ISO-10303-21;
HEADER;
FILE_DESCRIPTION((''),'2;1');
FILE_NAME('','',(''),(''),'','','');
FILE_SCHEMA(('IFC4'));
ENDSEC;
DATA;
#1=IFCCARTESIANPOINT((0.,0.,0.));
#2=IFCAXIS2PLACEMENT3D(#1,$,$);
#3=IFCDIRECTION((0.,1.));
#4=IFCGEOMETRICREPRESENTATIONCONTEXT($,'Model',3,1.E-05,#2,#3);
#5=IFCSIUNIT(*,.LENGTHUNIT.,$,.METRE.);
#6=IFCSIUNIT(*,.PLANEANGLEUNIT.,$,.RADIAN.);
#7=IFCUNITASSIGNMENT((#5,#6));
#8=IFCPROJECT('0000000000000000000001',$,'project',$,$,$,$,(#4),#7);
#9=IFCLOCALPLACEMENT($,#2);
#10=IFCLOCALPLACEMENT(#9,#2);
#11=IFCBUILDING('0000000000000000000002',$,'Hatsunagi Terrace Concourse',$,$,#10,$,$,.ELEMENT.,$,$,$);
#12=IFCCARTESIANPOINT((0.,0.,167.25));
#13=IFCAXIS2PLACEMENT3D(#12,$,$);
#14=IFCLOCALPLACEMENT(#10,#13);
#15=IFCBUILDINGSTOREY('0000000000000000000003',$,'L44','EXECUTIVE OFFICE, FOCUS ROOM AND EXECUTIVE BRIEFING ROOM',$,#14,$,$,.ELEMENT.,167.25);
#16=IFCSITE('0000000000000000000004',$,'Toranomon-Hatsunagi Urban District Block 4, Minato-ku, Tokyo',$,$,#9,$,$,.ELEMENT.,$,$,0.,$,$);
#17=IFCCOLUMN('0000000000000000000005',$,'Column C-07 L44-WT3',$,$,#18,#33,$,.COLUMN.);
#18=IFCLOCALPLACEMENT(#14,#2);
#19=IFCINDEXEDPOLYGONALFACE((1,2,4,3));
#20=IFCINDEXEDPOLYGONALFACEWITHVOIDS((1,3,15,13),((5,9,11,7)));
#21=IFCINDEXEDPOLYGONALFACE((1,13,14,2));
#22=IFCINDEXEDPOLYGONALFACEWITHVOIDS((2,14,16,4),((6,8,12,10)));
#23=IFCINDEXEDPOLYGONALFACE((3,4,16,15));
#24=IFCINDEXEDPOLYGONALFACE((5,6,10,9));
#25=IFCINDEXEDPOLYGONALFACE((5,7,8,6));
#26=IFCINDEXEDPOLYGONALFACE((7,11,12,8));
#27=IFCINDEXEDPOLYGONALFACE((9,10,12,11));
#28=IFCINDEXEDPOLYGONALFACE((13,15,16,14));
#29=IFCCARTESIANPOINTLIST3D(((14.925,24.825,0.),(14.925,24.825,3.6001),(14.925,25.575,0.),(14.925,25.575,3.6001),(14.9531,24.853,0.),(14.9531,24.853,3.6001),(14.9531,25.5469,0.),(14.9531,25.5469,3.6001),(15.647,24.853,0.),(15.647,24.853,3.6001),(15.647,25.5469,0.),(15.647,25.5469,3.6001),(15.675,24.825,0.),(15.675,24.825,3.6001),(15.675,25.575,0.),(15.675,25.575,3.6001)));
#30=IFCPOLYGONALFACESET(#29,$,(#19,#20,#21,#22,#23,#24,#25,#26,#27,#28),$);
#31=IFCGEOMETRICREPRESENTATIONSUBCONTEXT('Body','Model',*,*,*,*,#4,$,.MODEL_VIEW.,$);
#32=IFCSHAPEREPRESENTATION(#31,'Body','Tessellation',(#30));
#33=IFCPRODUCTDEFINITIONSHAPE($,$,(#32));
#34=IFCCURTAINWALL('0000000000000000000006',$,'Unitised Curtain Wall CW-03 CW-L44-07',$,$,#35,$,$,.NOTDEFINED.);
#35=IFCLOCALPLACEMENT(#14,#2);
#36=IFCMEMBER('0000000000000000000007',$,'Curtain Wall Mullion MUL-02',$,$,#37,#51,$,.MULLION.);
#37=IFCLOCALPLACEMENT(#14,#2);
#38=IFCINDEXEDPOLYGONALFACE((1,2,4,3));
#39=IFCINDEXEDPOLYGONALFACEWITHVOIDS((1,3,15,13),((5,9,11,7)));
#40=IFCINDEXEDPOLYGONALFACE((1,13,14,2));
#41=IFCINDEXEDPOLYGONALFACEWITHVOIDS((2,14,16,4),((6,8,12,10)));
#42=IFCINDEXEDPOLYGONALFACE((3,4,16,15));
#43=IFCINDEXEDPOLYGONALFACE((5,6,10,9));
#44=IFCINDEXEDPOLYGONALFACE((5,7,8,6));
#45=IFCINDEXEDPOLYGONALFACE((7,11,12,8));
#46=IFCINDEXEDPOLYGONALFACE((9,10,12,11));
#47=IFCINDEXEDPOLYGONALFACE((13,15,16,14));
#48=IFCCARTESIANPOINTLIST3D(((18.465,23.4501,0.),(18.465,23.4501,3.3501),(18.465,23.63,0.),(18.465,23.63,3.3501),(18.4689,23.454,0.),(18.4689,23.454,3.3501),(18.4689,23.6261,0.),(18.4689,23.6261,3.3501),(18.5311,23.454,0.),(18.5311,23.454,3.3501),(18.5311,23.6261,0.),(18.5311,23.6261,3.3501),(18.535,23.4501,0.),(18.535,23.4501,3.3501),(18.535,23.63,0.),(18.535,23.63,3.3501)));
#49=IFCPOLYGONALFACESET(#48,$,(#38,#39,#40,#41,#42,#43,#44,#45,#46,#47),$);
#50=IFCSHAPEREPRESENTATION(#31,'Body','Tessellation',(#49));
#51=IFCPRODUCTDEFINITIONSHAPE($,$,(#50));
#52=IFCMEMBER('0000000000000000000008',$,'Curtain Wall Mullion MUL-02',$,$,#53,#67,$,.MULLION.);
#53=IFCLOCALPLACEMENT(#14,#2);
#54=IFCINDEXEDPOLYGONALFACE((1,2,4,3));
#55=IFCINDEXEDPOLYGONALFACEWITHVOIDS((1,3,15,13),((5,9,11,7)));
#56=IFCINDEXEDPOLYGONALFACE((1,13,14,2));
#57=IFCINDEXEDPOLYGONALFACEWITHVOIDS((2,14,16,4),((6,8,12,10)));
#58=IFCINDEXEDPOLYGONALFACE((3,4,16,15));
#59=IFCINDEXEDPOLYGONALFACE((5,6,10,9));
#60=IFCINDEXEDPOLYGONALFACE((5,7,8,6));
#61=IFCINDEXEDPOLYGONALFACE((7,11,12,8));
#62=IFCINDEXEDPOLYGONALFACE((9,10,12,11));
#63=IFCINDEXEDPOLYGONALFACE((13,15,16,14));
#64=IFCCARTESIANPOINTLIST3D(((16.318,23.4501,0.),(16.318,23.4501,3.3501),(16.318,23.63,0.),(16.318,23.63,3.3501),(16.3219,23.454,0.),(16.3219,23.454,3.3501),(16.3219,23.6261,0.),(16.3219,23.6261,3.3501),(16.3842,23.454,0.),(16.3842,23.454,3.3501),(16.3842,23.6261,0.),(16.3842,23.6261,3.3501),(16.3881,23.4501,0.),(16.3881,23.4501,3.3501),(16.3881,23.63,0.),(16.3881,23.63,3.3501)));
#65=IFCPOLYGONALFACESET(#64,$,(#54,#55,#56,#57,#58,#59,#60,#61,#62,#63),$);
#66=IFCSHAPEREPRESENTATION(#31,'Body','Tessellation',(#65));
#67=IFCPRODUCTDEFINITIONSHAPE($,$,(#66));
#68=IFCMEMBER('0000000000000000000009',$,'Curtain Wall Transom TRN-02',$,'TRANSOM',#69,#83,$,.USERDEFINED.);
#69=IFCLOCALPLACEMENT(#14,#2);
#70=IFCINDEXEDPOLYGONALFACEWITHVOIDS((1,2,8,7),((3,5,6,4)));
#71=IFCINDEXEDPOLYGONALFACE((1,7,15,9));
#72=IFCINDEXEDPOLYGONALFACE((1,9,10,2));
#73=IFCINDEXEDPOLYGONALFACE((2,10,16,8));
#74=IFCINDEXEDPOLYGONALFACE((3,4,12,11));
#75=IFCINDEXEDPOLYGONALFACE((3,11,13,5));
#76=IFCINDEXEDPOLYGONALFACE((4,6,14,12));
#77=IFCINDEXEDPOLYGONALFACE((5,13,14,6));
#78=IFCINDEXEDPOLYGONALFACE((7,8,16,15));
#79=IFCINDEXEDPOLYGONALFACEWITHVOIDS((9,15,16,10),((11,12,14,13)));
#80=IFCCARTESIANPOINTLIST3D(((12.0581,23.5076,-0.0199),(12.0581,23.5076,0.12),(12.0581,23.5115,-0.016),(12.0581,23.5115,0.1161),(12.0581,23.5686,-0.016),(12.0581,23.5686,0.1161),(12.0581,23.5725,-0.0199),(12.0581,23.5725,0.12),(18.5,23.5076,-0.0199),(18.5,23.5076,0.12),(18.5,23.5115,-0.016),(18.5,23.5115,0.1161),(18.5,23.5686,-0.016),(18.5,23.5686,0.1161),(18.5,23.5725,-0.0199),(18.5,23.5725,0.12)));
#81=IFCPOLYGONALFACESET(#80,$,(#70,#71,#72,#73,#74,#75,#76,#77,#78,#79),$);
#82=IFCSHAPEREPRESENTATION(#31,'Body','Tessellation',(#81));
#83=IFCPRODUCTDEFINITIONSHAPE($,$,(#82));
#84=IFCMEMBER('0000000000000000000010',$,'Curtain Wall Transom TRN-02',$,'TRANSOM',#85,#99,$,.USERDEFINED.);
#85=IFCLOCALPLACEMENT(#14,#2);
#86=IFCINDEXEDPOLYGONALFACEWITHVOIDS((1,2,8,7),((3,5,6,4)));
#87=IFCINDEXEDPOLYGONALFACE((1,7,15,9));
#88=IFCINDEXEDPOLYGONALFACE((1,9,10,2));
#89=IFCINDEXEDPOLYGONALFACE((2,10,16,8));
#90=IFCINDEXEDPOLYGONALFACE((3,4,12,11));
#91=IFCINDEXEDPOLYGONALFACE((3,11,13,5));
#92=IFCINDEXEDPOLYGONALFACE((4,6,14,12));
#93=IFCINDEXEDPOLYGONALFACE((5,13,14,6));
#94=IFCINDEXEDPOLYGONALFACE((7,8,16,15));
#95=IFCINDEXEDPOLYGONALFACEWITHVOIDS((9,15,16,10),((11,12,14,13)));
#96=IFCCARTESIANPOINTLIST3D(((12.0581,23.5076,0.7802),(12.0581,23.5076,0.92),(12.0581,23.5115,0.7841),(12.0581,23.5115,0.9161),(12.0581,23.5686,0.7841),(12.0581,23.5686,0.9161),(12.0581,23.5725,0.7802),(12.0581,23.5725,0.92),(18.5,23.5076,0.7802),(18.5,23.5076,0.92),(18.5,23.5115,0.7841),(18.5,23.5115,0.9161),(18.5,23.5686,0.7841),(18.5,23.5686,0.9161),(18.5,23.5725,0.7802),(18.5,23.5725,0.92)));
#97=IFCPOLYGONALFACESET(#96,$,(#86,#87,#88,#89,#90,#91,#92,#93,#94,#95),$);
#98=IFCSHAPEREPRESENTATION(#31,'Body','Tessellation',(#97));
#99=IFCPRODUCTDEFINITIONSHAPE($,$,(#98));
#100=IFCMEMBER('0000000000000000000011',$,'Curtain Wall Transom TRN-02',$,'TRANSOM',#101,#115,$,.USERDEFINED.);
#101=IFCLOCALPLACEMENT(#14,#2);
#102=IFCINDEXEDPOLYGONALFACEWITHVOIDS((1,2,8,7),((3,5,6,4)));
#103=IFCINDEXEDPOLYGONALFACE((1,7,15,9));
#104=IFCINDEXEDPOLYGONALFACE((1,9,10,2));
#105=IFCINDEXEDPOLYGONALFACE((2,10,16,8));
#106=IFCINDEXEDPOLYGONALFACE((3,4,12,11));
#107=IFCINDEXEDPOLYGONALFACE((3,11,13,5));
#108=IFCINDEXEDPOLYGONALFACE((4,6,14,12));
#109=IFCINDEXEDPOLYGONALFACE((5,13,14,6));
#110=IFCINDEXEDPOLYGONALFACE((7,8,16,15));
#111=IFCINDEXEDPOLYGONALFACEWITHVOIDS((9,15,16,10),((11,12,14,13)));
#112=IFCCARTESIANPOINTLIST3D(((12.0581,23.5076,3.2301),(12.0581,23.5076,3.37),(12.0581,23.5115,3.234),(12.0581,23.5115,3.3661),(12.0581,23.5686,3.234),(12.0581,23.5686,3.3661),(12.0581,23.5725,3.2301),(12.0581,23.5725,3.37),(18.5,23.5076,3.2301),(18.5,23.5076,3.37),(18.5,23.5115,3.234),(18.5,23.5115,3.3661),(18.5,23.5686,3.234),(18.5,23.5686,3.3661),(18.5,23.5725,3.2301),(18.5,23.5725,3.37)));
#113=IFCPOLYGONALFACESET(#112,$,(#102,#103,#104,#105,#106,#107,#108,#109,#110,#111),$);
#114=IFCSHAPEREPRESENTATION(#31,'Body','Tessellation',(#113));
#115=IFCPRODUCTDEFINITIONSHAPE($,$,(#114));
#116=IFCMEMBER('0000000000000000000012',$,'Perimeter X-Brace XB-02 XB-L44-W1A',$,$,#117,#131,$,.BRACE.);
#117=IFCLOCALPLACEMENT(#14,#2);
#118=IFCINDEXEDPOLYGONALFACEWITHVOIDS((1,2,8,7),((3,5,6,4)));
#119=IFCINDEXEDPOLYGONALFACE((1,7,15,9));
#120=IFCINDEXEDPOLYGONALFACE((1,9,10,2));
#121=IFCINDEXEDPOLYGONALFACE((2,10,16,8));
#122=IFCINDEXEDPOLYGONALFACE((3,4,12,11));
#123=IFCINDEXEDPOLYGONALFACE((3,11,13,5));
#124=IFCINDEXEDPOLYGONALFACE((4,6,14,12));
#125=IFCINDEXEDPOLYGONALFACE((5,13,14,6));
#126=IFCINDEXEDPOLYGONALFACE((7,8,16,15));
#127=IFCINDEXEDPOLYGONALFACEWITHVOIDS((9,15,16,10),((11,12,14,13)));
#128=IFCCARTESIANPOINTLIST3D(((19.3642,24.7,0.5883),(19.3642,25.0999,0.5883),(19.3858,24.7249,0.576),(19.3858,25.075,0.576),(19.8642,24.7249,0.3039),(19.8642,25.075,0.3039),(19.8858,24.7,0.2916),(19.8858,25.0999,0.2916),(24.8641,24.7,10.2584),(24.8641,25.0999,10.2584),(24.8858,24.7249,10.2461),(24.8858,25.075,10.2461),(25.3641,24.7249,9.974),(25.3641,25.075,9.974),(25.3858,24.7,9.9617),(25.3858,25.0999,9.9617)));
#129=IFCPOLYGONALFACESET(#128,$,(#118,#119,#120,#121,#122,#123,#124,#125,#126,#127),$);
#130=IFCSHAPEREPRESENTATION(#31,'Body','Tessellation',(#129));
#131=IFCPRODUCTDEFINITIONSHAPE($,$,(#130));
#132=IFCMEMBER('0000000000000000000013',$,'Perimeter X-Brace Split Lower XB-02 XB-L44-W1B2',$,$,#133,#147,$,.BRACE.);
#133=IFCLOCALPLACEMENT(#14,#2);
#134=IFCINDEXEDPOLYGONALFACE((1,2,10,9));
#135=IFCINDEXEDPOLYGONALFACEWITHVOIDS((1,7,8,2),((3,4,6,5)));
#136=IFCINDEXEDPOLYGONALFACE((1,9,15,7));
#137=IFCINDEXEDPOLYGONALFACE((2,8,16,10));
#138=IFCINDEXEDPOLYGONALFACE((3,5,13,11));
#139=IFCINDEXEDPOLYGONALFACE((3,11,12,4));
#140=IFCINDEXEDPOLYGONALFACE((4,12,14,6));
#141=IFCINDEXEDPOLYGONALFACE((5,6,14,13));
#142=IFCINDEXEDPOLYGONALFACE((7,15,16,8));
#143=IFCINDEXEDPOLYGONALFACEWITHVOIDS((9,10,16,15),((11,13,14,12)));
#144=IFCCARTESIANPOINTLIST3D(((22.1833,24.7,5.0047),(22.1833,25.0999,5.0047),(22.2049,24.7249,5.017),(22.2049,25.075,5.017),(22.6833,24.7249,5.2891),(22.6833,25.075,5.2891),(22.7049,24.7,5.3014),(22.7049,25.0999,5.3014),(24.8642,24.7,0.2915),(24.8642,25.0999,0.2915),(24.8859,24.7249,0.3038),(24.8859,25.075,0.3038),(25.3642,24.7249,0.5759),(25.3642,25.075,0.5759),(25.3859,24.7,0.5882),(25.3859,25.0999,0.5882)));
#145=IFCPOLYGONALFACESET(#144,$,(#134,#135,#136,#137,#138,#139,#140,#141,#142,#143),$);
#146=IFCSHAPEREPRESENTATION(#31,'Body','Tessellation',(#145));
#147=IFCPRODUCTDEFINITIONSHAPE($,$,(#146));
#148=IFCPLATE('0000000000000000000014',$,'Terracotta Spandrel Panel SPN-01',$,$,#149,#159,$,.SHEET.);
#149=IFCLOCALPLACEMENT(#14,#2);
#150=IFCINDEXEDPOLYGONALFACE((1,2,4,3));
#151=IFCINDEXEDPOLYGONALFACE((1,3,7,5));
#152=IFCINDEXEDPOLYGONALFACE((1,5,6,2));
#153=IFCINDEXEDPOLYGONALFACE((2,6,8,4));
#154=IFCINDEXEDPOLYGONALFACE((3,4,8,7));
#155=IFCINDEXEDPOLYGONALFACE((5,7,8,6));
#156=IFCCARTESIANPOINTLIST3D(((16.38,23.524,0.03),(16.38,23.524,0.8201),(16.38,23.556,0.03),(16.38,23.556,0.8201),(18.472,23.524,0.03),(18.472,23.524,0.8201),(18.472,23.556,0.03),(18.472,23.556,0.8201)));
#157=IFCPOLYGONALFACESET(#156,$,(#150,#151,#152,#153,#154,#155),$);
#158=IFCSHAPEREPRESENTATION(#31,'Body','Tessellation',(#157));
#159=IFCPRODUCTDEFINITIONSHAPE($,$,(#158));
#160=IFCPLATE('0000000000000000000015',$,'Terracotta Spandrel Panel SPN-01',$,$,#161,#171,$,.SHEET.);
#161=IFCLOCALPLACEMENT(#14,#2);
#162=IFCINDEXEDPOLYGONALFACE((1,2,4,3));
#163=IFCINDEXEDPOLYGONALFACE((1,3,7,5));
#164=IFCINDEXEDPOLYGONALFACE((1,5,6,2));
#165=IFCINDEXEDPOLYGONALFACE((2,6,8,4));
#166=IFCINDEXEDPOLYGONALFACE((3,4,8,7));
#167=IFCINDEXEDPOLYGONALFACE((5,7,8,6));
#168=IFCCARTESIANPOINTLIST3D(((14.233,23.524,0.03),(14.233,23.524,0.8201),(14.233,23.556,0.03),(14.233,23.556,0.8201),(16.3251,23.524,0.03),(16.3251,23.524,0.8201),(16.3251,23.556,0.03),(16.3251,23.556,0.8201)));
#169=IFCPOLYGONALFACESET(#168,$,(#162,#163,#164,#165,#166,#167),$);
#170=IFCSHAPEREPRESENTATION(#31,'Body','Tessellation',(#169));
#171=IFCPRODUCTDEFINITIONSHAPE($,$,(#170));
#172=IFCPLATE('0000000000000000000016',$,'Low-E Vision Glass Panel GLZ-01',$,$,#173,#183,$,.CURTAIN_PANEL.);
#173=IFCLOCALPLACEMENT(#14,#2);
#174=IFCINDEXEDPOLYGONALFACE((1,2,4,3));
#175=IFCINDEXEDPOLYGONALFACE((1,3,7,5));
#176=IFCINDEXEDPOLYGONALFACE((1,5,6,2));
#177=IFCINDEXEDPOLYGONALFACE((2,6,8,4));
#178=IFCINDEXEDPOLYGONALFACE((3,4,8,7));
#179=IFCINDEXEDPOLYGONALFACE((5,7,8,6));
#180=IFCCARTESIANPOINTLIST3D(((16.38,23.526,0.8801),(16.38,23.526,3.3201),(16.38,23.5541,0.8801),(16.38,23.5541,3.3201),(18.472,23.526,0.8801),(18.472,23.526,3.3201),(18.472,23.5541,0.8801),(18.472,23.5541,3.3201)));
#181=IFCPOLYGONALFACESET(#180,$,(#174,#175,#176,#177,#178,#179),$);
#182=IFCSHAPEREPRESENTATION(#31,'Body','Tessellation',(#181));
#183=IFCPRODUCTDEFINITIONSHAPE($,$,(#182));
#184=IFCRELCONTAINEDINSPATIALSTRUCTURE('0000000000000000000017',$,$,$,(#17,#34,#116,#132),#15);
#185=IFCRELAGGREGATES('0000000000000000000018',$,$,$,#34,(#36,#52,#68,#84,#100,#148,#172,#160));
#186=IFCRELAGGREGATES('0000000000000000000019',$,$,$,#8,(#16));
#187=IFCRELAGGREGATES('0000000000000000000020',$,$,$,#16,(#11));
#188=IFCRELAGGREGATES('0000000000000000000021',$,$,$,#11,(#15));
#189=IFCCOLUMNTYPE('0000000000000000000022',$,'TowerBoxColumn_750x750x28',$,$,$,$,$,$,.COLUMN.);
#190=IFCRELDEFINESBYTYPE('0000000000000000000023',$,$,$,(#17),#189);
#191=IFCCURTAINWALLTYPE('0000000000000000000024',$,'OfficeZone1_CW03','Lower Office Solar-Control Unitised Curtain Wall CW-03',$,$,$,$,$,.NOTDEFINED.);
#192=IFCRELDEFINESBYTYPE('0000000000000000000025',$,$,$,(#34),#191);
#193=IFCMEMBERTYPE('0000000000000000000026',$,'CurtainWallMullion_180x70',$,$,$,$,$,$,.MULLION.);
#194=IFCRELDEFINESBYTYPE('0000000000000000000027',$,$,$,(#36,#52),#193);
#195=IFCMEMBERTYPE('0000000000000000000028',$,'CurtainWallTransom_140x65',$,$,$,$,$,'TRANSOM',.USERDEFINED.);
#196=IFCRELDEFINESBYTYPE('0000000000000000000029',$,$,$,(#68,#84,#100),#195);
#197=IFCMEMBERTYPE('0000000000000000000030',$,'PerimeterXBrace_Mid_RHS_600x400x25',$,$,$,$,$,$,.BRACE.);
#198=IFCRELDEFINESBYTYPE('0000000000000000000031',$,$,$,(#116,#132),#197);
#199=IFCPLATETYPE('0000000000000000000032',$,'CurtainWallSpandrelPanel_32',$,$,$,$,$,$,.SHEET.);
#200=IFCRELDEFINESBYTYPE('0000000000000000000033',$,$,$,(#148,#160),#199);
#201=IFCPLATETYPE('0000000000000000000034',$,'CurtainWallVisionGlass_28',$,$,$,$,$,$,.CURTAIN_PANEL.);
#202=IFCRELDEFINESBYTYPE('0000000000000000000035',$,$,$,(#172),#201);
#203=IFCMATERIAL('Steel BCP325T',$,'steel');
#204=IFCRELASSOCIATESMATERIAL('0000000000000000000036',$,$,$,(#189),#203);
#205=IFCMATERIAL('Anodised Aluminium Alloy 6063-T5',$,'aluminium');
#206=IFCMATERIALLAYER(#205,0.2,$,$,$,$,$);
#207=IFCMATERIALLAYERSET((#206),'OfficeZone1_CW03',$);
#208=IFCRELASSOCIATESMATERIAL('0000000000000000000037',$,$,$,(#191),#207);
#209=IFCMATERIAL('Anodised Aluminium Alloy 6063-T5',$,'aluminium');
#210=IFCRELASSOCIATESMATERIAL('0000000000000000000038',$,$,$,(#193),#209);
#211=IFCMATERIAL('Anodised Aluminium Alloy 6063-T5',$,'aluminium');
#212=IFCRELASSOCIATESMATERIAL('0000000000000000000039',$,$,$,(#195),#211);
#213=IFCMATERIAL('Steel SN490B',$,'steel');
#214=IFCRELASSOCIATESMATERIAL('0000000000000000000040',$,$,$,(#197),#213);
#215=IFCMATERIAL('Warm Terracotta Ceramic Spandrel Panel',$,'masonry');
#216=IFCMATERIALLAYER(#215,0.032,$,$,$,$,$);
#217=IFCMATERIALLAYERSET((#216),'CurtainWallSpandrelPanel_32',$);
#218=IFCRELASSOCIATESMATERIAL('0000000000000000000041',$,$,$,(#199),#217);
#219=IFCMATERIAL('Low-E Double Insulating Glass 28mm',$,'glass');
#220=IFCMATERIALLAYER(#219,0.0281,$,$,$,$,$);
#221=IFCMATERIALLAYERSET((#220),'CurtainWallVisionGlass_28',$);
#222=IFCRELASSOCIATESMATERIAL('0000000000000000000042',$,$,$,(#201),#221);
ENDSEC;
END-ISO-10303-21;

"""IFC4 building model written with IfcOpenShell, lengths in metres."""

from ifc_helpers import new_model, si_unit, direction, frame, origin, origin_2d, place, context, subcontext, project, spatial, rectangle, hollow_rectangle, extrude, material, layer, layer_set, material_profile, profile_set, type_object, element, aggregate, save


model = new_model("IFC4")

# Units and contexts
model_context = context("Model", 3, precision=1e-05, world=origin(), true_north=direction((0.0, 1.0)))
body_context = subcontext(model_context, "Body", "Model", "MODEL_VIEW")
ifc_project = project(units=[si_unit("LENGTHUNIT", "METRE"), si_unit("PLANEANGLEUNIT", "RADIAN")], contexts=[model_context])

# Site, building, storey
site_placement = place(None, origin())
site = spatial("IfcSite", under=ifc_project, at=site_placement, Name="Toranomon-Hatsunagi Urban District Block 4, Minato-ku, Tokyo", CompositionType="ELEMENT", RefElevation=0.0)
building_placement = place(site_placement, origin())
building = spatial("IfcBuilding", under=site, at=building_placement, Name="Hatsunagi Terrace Concourse", CompositionType="ELEMENT")
storey_placement = place(building_placement, frame((0.0, 0.0, 167.25)))
storey = spatial("IfcBuildingStorey", under=building, at=storey_placement, Name="L44", Description="EXECUTIVE OFFICE, FOCUS ROOM AND EXECUTIVE BRIEFING ROOM", CompositionType="ELEMENT", Elevation=167.25)

# Column
ifc_material_1 = material(Name="Steel BCP325T", Category="steel")
ifc_material_profile_1 = material_profile(ifc_material_1, hollow_rectangle(XDim=0.75, YDim=0.75, WallThickness=0.0281, at=origin_2d()), Name="BCP-750x750x28")
ifc_profile_set_1 = profile_set([ifc_material_profile_1], Name="Steel BCP325T")
column_type = type_object("IfcColumnType", Name="TowerBoxColumn_750x750x28", PredefinedType="COLUMN", material=ifc_profile_set_1)
column_placement = place(storey_placement, frame((15.3, 25.2, 0.0), z_axis=(0.0, 0.0, 1.0), x_axis=(1.0, 0.0, 0.0)))
element("IfcColumn", 1, at=column_placement, inside=storey, type_object=column_type, Name="Column C-07 L44-WT3", PredefinedType="COLUMN", context=body_context, shape_type="SweptSolid", body=[
    extrude(hollow_rectangle(XDim=0.75, YDim=0.75, WallThickness=0.0281, at=origin_2d()), origin(), (0.0, 0.0, 1.0), 3.6001),
])

# Curtain wall, members
ifc_material_2 = material(Name="Anodised Aluminium Alloy 6063-T5", Category="aluminium")
ifc_layer_1 = layer(ifc_material_2, 0.2)
ifc_layer_set_1 = layer_set([ifc_layer_1], Name="OfficeZone1_CW03")
curtain_wall_type = type_object("IfcCurtainWallType", Name="OfficeZone1_CW03", Description="Lower Office Solar-Control Unitised Curtain Wall CW-03", PredefinedType="NOTDEFINED", material=ifc_layer_set_1)
curtain_wall_placement = place(storey_placement, origin())
curtain_wall = element("IfcCurtainWall", 2, at=curtain_wall_placement, inside=storey, type_object=curtain_wall_type, Name="Unitised Curtain Wall CW-03 CW-L44-07", PredefinedType="NOTDEFINED")
ifc_material_3 = material(Name="Anodised Aluminium Alloy 6063-T5", Category="aluminium")
ifc_material_profile_2 = material_profile(ifc_material_3, hollow_rectangle(XDim=0.0701, YDim=0.1799, WallThickness=0.0039, at=origin_2d()), Name="ALU-MUL-180x70x4")
ifc_profile_set_2 = profile_set([ifc_material_profile_2], Name="Anodised Aluminium Alloy 6063-T5")
member_type_1 = type_object("IfcMemberType", Name="CurtainWallMullion_180x70", PredefinedType="MULLION", material=ifc_profile_set_2)
member_1_placement = place(storey_placement, frame((18.5, 23.54, 0.0), z_axis=(0.0, 0.0, 1.0), x_axis=(-1.0, 0.0, 0.0)))
member_1 = element("IfcMember", 3, at=member_1_placement, type_object=member_type_1, Name="Curtain Wall Mullion MUL-02", PredefinedType="MULLION", context=body_context, shape_type="SweptSolid", body=[
    extrude(hollow_rectangle(XDim=0.0701, YDim=0.1799, WallThickness=0.0039, at=origin_2d()), origin(), (0.0, 0.0, 1.0), 3.3501),
])
member_2_placement = place(storey_placement, frame((16.353, 23.54, 0.0), z_axis=(0.0, 0.0, 1.0), x_axis=(-1.0, 0.0, 0.0)))
member_2 = element("IfcMember", 4, at=member_2_placement, type_object=member_type_1, Name="Curtain Wall Mullion MUL-02", PredefinedType="MULLION", context=body_context, shape_type="SweptSolid", body=[
    extrude(hollow_rectangle(XDim=0.0701, YDim=0.1799, WallThickness=0.0039, at=origin_2d()), origin(), (0.0, 0.0, 1.0), 3.3501),
])
ifc_material_4 = material(Name="Anodised Aluminium Alloy 6063-T5", Category="aluminium")
ifc_material_profile_3 = material_profile(ifc_material_4, hollow_rectangle(XDim=0.0649, YDim=0.1399, WallThickness=0.0039, at=origin_2d()), Name="ALU-TRN-140x65x4")
ifc_profile_set_3 = profile_set([ifc_material_profile_3], Name="Anodised Aluminium Alloy 6063-T5")
member_type_2 = type_object("IfcMemberType", Name="CurtainWallTransom_140x65", ElementType="TRANSOM", PredefinedType="USERDEFINED", material=ifc_profile_set_3)
member_3_placement = place(storey_placement, frame((18.5, 23.54, 0.05), z_axis=(-1.0, 0.0, 0.0), x_axis=(0.0, -1.0, 0.0)))
member_3 = element("IfcMember", 5, at=member_3_placement, type_object=member_type_2, Name="Curtain Wall Transom TRN-02", ObjectType="TRANSOM", PredefinedType="USERDEFINED", context=body_context, shape_type="SweptSolid", body=[
    extrude(hollow_rectangle(XDim=0.0649, YDim=0.1399, WallThickness=0.0039, at=origin_2d()), origin(), (0.0, 0.0, 1.0), 6.4419),
])
member_4_placement = place(storey_placement, frame((18.5, 23.54, 0.8501), z_axis=(-1.0, 0.0, 0.0), x_axis=(0.0, -1.0, 0.0)))
member_4 = element("IfcMember", 6, at=member_4_placement, type_object=member_type_2, Name="Curtain Wall Transom TRN-02", ObjectType="TRANSOM", PredefinedType="USERDEFINED", context=body_context, shape_type="SweptSolid", body=[
    extrude(hollow_rectangle(XDim=0.0649, YDim=0.1399, WallThickness=0.0039, at=origin_2d()), origin(), (0.0, 0.0, 1.0), 6.4419),
])
member_5_placement = place(storey_placement, frame((18.5, 23.54, 3.3), z_axis=(-1.0, 0.0, 0.0), x_axis=(0.0, -1.0, 0.0)))
member_5 = element("IfcMember", 7, at=member_5_placement, type_object=member_type_2, Name="Curtain Wall Transom TRN-02", ObjectType="TRANSOM", PredefinedType="USERDEFINED", context=body_context, shape_type="SweptSolid", body=[
    extrude(hollow_rectangle(XDim=0.0649, YDim=0.1399, WallThickness=0.0039, at=origin_2d()), origin(), (0.0, 0.0, 1.0), 6.4419),
])

# Members
ifc_material_5 = material(Name="Steel SN490B", Category="steel")
ifc_material_profile_4 = material_profile(ifc_material_5, hollow_rectangle(XDim=0.3999, YDim=0.6001, WallThickness=0.0249, at=origin_2d()), Name="RHS-600x400x25")
ifc_profile_set_4 = profile_set([ifc_material_profile_4], Name="Steel SN490B")
member_type_3 = type_object("IfcMemberType", Name="PerimeterXBrace_Mid_RHS_600x400x25", PredefinedType="BRACE", material=ifc_profile_set_4)
member_6_placement = place(storey_placement, frame((19.625, 24.8999, 0.4399), z_axis=(0.494389, 0.0, 0.869241), x_axis=(0.0, 1.0, 0.0)))
element("IfcMember", 8, at=member_6_placement, inside=storey, type_object=member_type_3, Name="Perimeter X-Brace XB-02 XB-L44-W1A", PredefinedType="BRACE", context=body_context, shape_type="SweptSolid", body=[
    extrude(hollow_rectangle(XDim=0.3999, YDim=0.6001, WallThickness=0.0249, at=origin_2d()), origin(), (0.0, 0.0, 1.0), 11.1248),
])
member_7_placement = place(storey_placement, frame((22.4441, 24.8999, 5.1531), z_axis=(0.494426, 0.0, -0.86922), x_axis=(0.0, 1.0, 0.0)))
element("IfcMember", 9, at=member_7_placement, inside=storey, type_object=member_type_3, Name="Perimeter X-Brace Split Lower XB-02 XB-L44-W1B2", PredefinedType="BRACE", context=body_context, shape_type="SweptSolid", body=[
    extrude(hollow_rectangle(XDim=0.3999, YDim=0.6001, WallThickness=0.0249, at=origin_2d()), origin(), (0.0, 0.0, 1.0), 5.4224),
])

# Plates
ifc_material_6 = material(Name="Warm Terracotta Ceramic Spandrel Panel", Category="masonry")
ifc_layer_2 = layer(ifc_material_6, 0.032)
ifc_layer_set_2 = layer_set([ifc_layer_2], Name="CurtainWallSpandrelPanel_32")
plate_type_1 = type_object("IfcPlateType", Name="CurtainWallSpandrelPanel_32", PredefinedType="SHEET", material=ifc_layer_set_2)
plate_1_placement = place(storey_placement, frame((17.426, 23.54, 0.03), z_axis=(0.0, 0.0, 1.0), x_axis=(-1.0, 0.0, 0.0)))
plate_1 = element("IfcPlate", 10, at=plate_1_placement, type_object=plate_type_1, Name="Terracotta Spandrel Panel SPN-01", PredefinedType="SHEET", context=body_context, shape_type="SweptSolid", body=[
    extrude(rectangle(XDim=2.092, YDim=0.032, at=origin_2d()), origin(), (0.0, 0.0, 1.0), 0.79),
])
plate_2_placement = place(storey_placement, frame((15.2791, 23.54, 0.03), z_axis=(0.0, 0.0, 1.0), x_axis=(-1.0, 0.0, 0.0)))
plate_2 = element("IfcPlate", 11, at=plate_2_placement, type_object=plate_type_1, Name="Terracotta Spandrel Panel SPN-01", PredefinedType="SHEET", context=body_context, shape_type="SweptSolid", body=[
    extrude(rectangle(XDim=2.092, YDim=0.032, at=origin_2d()), origin(), (0.0, 0.0, 1.0), 0.79),
])
ifc_material_7 = material(Name="Low-E Double Insulating Glass 28mm", Category="glass")
ifc_layer_3 = layer(ifc_material_7, 0.0281)
ifc_layer_set_3 = layer_set([ifc_layer_3], Name="CurtainWallVisionGlass_28")
plate_type_2 = type_object("IfcPlateType", Name="CurtainWallVisionGlass_28", PredefinedType="CURTAIN_PANEL", material=ifc_layer_set_3)
plate_3_placement = place(storey_placement, frame((17.426, 23.54, 0.8801), z_axis=(0.0, 0.0, 1.0), x_axis=(-1.0, 0.0, 0.0)))
plate_3 = element("IfcPlate", 12, at=plate_3_placement, type_object=plate_type_2, Name="Low-E Vision Glass Panel GLZ-01", PredefinedType="CURTAIN_PANEL", context=body_context, shape_type="SweptSolid", body=[
    extrude(rectangle(XDim=2.092, YDim=0.0281, at=origin_2d()), origin(), (0.0, 0.0, 1.0), 2.4399),
])
aggregate(curtain_wall, [member_1, member_2, member_3, member_4, member_5, plate_1, plate_3, plate_2])

save(model, "model.ifc")
